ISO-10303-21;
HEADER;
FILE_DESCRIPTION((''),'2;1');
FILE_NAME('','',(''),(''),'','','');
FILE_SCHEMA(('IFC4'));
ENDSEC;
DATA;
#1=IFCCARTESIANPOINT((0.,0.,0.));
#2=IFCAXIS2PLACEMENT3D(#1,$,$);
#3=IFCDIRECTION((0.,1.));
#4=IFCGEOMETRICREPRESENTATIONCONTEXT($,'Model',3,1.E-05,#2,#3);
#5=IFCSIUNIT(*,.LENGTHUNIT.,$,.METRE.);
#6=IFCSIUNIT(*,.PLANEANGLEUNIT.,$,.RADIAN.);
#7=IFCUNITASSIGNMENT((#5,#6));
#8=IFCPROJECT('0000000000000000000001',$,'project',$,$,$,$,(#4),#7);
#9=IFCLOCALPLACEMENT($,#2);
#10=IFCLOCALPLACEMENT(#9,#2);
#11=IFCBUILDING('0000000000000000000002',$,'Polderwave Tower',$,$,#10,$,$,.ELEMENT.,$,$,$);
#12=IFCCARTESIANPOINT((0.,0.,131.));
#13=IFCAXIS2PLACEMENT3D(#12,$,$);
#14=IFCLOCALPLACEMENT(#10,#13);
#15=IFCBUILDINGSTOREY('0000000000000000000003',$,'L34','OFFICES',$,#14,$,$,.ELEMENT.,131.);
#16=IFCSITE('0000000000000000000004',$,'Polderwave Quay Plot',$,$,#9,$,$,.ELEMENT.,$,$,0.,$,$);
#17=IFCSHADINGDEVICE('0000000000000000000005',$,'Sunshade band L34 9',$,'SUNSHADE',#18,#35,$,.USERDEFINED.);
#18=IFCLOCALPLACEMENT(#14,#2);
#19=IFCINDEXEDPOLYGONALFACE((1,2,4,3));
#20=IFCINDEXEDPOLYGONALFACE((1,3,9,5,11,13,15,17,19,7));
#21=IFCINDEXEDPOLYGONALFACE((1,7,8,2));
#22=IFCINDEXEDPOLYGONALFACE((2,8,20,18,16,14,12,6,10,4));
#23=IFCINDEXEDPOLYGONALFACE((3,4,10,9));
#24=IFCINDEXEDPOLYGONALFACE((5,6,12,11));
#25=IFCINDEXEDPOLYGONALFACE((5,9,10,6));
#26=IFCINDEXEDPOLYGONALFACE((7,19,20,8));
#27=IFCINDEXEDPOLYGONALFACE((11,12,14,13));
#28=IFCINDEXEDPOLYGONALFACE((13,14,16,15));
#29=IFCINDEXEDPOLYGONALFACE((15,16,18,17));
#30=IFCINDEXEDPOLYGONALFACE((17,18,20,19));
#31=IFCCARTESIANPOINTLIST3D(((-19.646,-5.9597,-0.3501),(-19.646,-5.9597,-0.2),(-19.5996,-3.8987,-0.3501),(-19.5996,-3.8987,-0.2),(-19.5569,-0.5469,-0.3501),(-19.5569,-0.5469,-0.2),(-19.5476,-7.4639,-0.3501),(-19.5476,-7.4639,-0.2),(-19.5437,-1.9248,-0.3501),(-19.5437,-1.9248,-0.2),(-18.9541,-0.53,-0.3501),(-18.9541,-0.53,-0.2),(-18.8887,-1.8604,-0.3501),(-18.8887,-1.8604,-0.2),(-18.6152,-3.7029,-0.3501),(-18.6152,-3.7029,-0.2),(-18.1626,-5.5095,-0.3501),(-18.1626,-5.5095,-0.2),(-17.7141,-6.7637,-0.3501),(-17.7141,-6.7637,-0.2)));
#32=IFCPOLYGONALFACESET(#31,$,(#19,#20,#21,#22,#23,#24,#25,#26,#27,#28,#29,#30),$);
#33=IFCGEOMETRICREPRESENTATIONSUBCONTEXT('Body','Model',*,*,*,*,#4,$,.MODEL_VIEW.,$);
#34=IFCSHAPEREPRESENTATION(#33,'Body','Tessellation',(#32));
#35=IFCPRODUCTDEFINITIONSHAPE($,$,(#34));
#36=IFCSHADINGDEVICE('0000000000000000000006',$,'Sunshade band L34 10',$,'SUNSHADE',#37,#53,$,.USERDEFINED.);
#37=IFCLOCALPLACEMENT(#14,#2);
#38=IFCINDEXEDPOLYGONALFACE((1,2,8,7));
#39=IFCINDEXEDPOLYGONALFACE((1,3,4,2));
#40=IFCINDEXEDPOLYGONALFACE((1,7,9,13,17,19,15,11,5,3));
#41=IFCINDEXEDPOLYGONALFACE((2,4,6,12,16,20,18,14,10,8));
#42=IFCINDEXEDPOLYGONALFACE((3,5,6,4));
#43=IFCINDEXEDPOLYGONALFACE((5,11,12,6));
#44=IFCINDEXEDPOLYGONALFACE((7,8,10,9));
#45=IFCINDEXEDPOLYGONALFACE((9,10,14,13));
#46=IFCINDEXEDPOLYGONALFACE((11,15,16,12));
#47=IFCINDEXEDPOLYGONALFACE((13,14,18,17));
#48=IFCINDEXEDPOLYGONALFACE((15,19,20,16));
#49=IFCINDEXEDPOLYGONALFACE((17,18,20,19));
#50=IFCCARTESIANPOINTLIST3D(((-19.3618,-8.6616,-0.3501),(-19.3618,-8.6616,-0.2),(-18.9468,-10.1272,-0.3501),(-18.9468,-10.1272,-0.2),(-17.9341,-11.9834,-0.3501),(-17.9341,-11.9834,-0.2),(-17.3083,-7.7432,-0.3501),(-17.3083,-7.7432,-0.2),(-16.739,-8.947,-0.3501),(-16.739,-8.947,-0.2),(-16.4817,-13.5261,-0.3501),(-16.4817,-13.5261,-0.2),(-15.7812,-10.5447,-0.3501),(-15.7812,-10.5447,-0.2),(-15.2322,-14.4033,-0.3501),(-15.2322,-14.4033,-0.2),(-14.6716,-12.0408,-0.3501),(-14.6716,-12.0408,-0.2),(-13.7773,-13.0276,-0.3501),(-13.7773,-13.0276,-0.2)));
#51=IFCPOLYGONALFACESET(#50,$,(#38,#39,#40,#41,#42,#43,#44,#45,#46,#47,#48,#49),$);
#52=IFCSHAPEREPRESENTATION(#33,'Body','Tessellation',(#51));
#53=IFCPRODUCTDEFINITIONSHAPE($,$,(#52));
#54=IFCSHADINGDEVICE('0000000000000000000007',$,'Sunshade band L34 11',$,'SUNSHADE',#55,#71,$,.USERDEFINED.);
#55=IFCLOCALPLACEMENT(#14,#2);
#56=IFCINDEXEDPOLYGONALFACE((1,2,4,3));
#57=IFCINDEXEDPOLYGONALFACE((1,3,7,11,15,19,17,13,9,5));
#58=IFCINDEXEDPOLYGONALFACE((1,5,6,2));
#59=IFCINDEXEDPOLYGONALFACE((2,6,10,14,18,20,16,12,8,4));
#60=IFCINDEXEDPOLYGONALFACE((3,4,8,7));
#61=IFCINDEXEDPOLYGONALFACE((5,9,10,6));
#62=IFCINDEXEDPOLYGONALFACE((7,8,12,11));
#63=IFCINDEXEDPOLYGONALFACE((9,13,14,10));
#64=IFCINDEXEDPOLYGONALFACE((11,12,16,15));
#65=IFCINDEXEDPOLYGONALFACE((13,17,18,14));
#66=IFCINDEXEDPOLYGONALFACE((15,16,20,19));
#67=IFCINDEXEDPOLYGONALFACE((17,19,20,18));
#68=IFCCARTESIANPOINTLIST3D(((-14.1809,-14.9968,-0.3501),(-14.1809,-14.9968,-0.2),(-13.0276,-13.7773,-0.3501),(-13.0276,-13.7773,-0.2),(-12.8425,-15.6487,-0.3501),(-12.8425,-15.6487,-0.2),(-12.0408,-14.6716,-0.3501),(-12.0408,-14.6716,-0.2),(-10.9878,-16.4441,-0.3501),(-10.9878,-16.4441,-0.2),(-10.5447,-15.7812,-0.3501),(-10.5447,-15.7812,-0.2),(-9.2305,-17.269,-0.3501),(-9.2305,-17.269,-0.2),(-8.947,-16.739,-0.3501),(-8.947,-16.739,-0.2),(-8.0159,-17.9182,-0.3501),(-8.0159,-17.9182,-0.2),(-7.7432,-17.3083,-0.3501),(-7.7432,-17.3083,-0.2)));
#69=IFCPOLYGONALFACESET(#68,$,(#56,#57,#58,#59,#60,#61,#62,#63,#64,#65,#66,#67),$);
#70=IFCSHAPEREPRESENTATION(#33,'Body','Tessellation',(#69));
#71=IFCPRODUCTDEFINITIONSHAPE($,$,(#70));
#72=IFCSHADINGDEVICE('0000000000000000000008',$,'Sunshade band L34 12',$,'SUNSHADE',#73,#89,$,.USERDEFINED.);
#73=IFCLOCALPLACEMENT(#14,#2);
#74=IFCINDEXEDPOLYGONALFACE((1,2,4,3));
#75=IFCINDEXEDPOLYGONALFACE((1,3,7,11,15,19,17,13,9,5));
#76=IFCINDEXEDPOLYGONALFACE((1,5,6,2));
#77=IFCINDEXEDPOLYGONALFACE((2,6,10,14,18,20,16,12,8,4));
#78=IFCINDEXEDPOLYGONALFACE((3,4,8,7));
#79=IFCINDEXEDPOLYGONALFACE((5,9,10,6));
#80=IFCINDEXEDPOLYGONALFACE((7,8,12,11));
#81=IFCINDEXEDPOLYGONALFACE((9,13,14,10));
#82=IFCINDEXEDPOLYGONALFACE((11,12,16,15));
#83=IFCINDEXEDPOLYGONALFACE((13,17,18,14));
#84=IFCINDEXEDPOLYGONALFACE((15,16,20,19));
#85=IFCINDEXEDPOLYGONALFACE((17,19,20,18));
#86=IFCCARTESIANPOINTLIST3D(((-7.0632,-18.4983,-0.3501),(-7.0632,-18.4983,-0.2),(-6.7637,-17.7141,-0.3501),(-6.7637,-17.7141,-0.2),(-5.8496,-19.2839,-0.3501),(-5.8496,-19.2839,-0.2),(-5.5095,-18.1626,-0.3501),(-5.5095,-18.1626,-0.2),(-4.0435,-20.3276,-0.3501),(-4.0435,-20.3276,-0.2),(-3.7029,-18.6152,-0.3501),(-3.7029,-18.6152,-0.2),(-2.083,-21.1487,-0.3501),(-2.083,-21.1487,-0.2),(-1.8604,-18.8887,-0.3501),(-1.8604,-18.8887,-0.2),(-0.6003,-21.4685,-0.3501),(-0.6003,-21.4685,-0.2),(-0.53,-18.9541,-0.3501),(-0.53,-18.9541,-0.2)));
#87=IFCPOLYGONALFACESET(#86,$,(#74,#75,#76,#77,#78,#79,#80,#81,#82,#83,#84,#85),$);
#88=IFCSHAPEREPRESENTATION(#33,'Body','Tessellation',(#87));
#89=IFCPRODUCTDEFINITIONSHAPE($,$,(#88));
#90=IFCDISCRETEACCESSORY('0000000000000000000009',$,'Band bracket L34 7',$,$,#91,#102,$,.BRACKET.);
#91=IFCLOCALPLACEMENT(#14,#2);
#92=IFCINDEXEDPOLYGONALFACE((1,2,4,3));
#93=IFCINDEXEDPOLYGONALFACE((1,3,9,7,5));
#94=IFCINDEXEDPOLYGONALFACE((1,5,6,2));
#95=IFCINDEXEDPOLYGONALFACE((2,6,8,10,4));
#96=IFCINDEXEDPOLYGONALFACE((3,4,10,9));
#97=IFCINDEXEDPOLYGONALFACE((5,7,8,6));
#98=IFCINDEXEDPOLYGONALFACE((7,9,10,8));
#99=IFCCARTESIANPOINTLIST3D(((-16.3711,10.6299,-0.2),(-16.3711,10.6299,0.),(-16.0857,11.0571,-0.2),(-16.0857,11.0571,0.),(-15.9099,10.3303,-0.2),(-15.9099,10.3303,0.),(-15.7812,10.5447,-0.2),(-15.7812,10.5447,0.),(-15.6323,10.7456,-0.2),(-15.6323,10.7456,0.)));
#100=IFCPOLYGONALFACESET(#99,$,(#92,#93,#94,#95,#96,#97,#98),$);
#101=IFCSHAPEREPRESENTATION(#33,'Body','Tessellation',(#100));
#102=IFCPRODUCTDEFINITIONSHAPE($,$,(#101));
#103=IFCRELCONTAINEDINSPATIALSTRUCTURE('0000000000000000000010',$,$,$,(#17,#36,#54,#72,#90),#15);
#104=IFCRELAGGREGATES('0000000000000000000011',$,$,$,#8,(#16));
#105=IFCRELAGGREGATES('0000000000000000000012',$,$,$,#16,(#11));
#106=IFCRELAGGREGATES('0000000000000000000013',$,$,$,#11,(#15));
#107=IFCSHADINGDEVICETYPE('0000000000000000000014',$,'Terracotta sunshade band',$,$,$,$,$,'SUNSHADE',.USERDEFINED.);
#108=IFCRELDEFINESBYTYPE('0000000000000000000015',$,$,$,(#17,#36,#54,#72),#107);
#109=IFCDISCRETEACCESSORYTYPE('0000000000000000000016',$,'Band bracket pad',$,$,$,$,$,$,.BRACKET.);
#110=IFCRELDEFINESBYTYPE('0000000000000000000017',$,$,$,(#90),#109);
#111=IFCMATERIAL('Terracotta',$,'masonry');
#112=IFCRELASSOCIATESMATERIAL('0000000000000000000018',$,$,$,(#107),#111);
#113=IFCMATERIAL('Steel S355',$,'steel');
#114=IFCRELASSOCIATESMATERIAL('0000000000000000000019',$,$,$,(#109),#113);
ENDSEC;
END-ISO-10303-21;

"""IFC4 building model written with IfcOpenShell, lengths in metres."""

from ifc_helpers import new_model, si_unit, direction, frame, origin, place, context, subcontext, project, spatial, polyline, outline, extrude, material, type_object, element, save


model = new_model("IFC4")

# Units and contexts
model_context = context("Model", 3, precision=1e-05, world=origin(), true_north=direction((0.0, 1.0)))
body_context = subcontext(model_context, "Body", "Model", "MODEL_VIEW")
ifc_project = project(units=[si_unit("LENGTHUNIT", "METRE"), si_unit("PLANEANGLEUNIT", "RADIAN")], contexts=[model_context])

# Site, building, storey
site_placement = place(None, origin())
site = spatial("IfcSite", under=ifc_project, at=site_placement, Name="Polderwave Quay Plot", CompositionType="ELEMENT", RefElevation=0.0)
building_placement = place(site_placement, origin())
building = spatial("IfcBuilding", under=site, at=building_placement, Name="Polderwave Tower", CompositionType="ELEMENT")
storey_placement = place(building_placement, frame((0.0, 0.0, 131.0)))
storey = spatial("IfcBuildingStorey", under=building, at=storey_placement, Name="L34", Description="OFFICES", CompositionType="ELEMENT", Elevation=131.0)

# Shading devices
ifc_material_1 = material(Name="Terracotta", Category="masonry")
shading_device_type = type_object("IfcShadingDeviceType", Name="Terracotta sunshade band", ElementType="SUNSHADE", PredefinedType="USERDEFINED", material=ifc_material_1)
shading_device_1_placement = place(storey_placement, frame((0.0, 0.0, -0.3501)))
element("IfcShadingDevice", 1, at=shading_device_1_placement, inside=storey, type_object=shading_device_type, Name="Sunshade band L34 9", ObjectType="SUNSHADE", PredefinedType="USERDEFINED", context=body_context, shape_type="SweptSolid", body=[
    extrude(outline(polyline([(-18.9541, -0.53), (-18.8887, -1.8604), (-18.6152, -3.7029), (-18.1626, -5.5095), (-17.7141, -6.7637), (-19.5476, -7.4639), (-19.646, -5.9597), (-19.5996, -3.8987), (-19.5437, -1.9248), (-19.5569, -0.5469), (-18.9541, -0.53)])), origin(), (0.0, 0.0, 1.0), 0.1501),
])
shading_device_2_placement = place(storey_placement, frame((0.0, 0.0, -0.3501)))
element("IfcShadingDevice", 2, at=shading_device_2_placement, inside=storey, type_object=shading_device_type, Name="Sunshade band L34 10", ObjectType="SUNSHADE", PredefinedType="USERDEFINED", context=body_context, shape_type="SweptSolid", body=[
    extrude(outline(polyline([(-17.3083, -7.7432), (-16.739, -8.947), (-15.7812, -10.5447), (-14.6716, -12.0408), (-13.7773, -13.0276), (-15.2322, -14.4033), (-16.4817, -13.5261), (-17.9341, -11.9834), (-18.9468, -10.1272), (-19.3618, -8.6616), (-17.3083, -7.7432)])), origin(), (0.0, 0.0, 1.0), 0.1501),
])
shading_device_3_placement = place(storey_placement, frame((0.0, 0.0, -0.3501)))
element("IfcShadingDevice", 3, at=shading_device_3_placement, inside=storey, type_object=shading_device_type, Name="Sunshade band L34 11", ObjectType="SUNSHADE", PredefinedType="USERDEFINED", context=body_context, shape_type="SweptSolid", body=[
    extrude(outline(polyline([(-13.0276, -13.7773), (-12.0408, -14.6716), (-10.5447, -15.7812), (-8.947, -16.739), (-7.7432, -17.3083), (-8.0159, -17.9182), (-9.2305, -17.269), (-10.9878, -16.4441), (-12.8425, -15.6487), (-14.1809, -14.9968), (-13.0276, -13.7773)])), origin(), (0.0, 0.0, 1.0), 0.1501),
])
shading_device_4_placement = place(storey_placement, frame((0.0, 0.0, -0.3501)))
element("IfcShadingDevice", 4, at=shading_device_4_placement, inside=storey, type_object=shading_device_type, Name="Sunshade band L34 12", ObjectType="SUNSHADE", PredefinedType="USERDEFINED", context=body_context, shape_type="SweptSolid", body=[
    extrude(outline(polyline([(-6.7637, -17.7141), (-5.5095, -18.1626), (-3.7029, -18.6152), (-1.8604, -18.8887), (-0.53, -18.9541), (-0.6003, -21.4685), (-2.083, -21.1487), (-4.0435, -20.3276), (-5.8496, -19.2839), (-7.0632, -18.4983), (-6.7637, -17.7141)])), origin(), (0.0, 0.0, 1.0), 0.1501),
])

# Discrete accessory
ifc_material_2 = material(Name="Steel S355", Category="steel")
discrete_accessory_type = type_object("IfcDiscreteAccessoryType", Name="Band bracket pad", PredefinedType="BRACKET", material=ifc_material_2)
discrete_accessory_placement = place(storey_placement, frame((0.0, 0.0, -0.2)))
element("IfcDiscreteAccessory", 5, at=discrete_accessory_placement, inside=storey, type_object=discrete_accessory_type, Name="Band bracket L34 7", PredefinedType="BRACKET", context=body_context, shape_type="SweptSolid", body=[
    extrude(outline(polyline([(-15.6323, 10.7456), (-15.7812, 10.5447), (-15.9099, 10.3303), (-16.3711, 10.6299), (-16.0857, 11.0571), (-15.6323, 10.7456)])), origin(), (0.0, 0.0, 1.0), 0.2),
])

save(model, "model.ifc")
